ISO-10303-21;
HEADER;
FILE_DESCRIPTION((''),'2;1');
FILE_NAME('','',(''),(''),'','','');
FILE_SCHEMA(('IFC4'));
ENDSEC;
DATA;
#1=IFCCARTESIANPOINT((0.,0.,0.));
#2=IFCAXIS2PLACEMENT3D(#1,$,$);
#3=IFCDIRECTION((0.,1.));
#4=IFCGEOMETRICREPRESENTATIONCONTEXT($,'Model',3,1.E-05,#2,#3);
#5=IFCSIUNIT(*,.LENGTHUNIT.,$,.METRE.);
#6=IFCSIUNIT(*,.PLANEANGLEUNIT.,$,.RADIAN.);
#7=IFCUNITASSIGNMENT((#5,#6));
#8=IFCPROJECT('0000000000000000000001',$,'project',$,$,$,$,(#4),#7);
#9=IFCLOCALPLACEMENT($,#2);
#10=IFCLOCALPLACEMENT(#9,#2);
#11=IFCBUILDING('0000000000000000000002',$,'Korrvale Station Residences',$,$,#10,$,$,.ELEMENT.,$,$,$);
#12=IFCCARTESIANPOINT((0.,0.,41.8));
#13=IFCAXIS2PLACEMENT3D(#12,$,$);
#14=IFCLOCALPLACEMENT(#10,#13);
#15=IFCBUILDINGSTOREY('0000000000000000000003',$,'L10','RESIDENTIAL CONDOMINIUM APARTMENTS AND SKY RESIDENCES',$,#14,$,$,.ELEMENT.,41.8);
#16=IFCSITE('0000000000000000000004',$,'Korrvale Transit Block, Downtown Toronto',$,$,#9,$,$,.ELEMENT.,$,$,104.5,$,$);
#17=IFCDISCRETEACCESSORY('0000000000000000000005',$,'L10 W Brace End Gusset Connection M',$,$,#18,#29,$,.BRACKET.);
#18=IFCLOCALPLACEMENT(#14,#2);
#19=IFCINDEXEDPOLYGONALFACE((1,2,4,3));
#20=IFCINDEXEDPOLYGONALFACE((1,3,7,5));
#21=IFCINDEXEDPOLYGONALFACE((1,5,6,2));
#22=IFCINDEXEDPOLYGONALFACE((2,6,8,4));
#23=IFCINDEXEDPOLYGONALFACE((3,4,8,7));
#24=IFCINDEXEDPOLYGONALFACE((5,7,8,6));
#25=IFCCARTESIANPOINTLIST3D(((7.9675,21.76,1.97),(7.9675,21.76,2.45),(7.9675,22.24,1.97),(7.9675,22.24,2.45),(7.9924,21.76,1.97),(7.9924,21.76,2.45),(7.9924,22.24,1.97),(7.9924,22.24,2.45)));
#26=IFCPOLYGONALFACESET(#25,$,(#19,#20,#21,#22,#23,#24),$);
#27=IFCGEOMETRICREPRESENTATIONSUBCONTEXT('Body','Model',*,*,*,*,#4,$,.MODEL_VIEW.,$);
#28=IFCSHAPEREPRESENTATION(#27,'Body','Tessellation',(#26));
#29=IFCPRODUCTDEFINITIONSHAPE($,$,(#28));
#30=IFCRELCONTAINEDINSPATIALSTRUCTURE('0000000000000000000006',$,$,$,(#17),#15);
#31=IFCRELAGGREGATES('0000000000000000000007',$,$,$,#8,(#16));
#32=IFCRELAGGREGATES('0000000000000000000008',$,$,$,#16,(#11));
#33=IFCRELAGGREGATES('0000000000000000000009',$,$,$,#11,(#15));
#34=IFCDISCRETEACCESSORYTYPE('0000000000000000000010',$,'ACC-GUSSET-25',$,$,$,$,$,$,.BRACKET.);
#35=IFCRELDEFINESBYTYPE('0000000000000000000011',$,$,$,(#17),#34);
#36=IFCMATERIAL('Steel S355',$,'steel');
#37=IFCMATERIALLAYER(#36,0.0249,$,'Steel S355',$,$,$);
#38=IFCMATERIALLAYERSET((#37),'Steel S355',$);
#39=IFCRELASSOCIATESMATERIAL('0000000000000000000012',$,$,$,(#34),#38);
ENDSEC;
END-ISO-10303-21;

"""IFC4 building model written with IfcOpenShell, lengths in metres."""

from ifc_helpers import new_model, si_unit, direction, frame, origin, origin_2d, place, context, subcontext, project, spatial, rectangle, extrude, material, layer, layer_set, type_object, element, save


model = new_model("IFC4")

# Units and contexts
model_context = context("Model", 3, precision=1e-05, world=origin(), true_north=direction((0.0, 1.0)))
body_context = subcontext(model_context, "Body", "Model", "MODEL_VIEW")
ifc_project = project(units=[si_unit("LENGTHUNIT", "METRE"), si_unit("PLANEANGLEUNIT", "RADIAN")], contexts=[model_context])

# Site, building, storey
site_placement = place(None, origin())
site = spatial("IfcSite", under=ifc_project, at=site_placement, Name="Korrvale Transit Block, Downtown Toronto", CompositionType="ELEMENT", RefElevation=104.5)
building_placement = place(site_placement, origin())
building = spatial("IfcBuilding", under=site, at=building_placement, Name="Korrvale Station Residences", CompositionType="ELEMENT")
storey_placement = place(building_placement, frame((0.0, 0.0, 41.8)))
storey = spatial("IfcBuildingStorey", under=building, at=storey_placement, Name="L10", Description="RESIDENTIAL CONDOMINIUM APARTMENTS AND SKY RESIDENCES", CompositionType="ELEMENT", Elevation=41.8)

# Shared definitions
ifc_material_1 = material(Name="Steel S355", Category="steel")

# Discrete accessory
ifc_layer_1 = layer(ifc_material_1, 0.0249, Name="Steel S355")
ifc_layer_set_1 = layer_set([ifc_layer_1], Name="Steel S355")
discrete_accessory_type = type_object("IfcDiscreteAccessoryType", Name="ACC-GUSSET-25", PredefinedType="BRACKET", material=ifc_layer_set_1)
for number, where, z_axis, x_axis, name in (
    (1, (7.98, 22.0, 1.97), (0.0, 0.0, 1.0), (0.0, 1.0, 0.0), "L10 W Brace End Gusset Connection M"),
):
    element("IfcDiscreteAccessory", number, at=place(storey_placement, frame(where, z_axis=z_axis, x_axis=x_axis)), inside=storey, type_object=discrete_accessory_type, Name=name, PredefinedType="BRACKET", context=body_context, shape_type="SweptSolid", body=[
        extrude(rectangle(XDim=0.48, YDim=0.0249, at=origin_2d()), origin(), (0.0, 0.0, 1.0), 0.48),
    ])

save(model, "model.ifc")
